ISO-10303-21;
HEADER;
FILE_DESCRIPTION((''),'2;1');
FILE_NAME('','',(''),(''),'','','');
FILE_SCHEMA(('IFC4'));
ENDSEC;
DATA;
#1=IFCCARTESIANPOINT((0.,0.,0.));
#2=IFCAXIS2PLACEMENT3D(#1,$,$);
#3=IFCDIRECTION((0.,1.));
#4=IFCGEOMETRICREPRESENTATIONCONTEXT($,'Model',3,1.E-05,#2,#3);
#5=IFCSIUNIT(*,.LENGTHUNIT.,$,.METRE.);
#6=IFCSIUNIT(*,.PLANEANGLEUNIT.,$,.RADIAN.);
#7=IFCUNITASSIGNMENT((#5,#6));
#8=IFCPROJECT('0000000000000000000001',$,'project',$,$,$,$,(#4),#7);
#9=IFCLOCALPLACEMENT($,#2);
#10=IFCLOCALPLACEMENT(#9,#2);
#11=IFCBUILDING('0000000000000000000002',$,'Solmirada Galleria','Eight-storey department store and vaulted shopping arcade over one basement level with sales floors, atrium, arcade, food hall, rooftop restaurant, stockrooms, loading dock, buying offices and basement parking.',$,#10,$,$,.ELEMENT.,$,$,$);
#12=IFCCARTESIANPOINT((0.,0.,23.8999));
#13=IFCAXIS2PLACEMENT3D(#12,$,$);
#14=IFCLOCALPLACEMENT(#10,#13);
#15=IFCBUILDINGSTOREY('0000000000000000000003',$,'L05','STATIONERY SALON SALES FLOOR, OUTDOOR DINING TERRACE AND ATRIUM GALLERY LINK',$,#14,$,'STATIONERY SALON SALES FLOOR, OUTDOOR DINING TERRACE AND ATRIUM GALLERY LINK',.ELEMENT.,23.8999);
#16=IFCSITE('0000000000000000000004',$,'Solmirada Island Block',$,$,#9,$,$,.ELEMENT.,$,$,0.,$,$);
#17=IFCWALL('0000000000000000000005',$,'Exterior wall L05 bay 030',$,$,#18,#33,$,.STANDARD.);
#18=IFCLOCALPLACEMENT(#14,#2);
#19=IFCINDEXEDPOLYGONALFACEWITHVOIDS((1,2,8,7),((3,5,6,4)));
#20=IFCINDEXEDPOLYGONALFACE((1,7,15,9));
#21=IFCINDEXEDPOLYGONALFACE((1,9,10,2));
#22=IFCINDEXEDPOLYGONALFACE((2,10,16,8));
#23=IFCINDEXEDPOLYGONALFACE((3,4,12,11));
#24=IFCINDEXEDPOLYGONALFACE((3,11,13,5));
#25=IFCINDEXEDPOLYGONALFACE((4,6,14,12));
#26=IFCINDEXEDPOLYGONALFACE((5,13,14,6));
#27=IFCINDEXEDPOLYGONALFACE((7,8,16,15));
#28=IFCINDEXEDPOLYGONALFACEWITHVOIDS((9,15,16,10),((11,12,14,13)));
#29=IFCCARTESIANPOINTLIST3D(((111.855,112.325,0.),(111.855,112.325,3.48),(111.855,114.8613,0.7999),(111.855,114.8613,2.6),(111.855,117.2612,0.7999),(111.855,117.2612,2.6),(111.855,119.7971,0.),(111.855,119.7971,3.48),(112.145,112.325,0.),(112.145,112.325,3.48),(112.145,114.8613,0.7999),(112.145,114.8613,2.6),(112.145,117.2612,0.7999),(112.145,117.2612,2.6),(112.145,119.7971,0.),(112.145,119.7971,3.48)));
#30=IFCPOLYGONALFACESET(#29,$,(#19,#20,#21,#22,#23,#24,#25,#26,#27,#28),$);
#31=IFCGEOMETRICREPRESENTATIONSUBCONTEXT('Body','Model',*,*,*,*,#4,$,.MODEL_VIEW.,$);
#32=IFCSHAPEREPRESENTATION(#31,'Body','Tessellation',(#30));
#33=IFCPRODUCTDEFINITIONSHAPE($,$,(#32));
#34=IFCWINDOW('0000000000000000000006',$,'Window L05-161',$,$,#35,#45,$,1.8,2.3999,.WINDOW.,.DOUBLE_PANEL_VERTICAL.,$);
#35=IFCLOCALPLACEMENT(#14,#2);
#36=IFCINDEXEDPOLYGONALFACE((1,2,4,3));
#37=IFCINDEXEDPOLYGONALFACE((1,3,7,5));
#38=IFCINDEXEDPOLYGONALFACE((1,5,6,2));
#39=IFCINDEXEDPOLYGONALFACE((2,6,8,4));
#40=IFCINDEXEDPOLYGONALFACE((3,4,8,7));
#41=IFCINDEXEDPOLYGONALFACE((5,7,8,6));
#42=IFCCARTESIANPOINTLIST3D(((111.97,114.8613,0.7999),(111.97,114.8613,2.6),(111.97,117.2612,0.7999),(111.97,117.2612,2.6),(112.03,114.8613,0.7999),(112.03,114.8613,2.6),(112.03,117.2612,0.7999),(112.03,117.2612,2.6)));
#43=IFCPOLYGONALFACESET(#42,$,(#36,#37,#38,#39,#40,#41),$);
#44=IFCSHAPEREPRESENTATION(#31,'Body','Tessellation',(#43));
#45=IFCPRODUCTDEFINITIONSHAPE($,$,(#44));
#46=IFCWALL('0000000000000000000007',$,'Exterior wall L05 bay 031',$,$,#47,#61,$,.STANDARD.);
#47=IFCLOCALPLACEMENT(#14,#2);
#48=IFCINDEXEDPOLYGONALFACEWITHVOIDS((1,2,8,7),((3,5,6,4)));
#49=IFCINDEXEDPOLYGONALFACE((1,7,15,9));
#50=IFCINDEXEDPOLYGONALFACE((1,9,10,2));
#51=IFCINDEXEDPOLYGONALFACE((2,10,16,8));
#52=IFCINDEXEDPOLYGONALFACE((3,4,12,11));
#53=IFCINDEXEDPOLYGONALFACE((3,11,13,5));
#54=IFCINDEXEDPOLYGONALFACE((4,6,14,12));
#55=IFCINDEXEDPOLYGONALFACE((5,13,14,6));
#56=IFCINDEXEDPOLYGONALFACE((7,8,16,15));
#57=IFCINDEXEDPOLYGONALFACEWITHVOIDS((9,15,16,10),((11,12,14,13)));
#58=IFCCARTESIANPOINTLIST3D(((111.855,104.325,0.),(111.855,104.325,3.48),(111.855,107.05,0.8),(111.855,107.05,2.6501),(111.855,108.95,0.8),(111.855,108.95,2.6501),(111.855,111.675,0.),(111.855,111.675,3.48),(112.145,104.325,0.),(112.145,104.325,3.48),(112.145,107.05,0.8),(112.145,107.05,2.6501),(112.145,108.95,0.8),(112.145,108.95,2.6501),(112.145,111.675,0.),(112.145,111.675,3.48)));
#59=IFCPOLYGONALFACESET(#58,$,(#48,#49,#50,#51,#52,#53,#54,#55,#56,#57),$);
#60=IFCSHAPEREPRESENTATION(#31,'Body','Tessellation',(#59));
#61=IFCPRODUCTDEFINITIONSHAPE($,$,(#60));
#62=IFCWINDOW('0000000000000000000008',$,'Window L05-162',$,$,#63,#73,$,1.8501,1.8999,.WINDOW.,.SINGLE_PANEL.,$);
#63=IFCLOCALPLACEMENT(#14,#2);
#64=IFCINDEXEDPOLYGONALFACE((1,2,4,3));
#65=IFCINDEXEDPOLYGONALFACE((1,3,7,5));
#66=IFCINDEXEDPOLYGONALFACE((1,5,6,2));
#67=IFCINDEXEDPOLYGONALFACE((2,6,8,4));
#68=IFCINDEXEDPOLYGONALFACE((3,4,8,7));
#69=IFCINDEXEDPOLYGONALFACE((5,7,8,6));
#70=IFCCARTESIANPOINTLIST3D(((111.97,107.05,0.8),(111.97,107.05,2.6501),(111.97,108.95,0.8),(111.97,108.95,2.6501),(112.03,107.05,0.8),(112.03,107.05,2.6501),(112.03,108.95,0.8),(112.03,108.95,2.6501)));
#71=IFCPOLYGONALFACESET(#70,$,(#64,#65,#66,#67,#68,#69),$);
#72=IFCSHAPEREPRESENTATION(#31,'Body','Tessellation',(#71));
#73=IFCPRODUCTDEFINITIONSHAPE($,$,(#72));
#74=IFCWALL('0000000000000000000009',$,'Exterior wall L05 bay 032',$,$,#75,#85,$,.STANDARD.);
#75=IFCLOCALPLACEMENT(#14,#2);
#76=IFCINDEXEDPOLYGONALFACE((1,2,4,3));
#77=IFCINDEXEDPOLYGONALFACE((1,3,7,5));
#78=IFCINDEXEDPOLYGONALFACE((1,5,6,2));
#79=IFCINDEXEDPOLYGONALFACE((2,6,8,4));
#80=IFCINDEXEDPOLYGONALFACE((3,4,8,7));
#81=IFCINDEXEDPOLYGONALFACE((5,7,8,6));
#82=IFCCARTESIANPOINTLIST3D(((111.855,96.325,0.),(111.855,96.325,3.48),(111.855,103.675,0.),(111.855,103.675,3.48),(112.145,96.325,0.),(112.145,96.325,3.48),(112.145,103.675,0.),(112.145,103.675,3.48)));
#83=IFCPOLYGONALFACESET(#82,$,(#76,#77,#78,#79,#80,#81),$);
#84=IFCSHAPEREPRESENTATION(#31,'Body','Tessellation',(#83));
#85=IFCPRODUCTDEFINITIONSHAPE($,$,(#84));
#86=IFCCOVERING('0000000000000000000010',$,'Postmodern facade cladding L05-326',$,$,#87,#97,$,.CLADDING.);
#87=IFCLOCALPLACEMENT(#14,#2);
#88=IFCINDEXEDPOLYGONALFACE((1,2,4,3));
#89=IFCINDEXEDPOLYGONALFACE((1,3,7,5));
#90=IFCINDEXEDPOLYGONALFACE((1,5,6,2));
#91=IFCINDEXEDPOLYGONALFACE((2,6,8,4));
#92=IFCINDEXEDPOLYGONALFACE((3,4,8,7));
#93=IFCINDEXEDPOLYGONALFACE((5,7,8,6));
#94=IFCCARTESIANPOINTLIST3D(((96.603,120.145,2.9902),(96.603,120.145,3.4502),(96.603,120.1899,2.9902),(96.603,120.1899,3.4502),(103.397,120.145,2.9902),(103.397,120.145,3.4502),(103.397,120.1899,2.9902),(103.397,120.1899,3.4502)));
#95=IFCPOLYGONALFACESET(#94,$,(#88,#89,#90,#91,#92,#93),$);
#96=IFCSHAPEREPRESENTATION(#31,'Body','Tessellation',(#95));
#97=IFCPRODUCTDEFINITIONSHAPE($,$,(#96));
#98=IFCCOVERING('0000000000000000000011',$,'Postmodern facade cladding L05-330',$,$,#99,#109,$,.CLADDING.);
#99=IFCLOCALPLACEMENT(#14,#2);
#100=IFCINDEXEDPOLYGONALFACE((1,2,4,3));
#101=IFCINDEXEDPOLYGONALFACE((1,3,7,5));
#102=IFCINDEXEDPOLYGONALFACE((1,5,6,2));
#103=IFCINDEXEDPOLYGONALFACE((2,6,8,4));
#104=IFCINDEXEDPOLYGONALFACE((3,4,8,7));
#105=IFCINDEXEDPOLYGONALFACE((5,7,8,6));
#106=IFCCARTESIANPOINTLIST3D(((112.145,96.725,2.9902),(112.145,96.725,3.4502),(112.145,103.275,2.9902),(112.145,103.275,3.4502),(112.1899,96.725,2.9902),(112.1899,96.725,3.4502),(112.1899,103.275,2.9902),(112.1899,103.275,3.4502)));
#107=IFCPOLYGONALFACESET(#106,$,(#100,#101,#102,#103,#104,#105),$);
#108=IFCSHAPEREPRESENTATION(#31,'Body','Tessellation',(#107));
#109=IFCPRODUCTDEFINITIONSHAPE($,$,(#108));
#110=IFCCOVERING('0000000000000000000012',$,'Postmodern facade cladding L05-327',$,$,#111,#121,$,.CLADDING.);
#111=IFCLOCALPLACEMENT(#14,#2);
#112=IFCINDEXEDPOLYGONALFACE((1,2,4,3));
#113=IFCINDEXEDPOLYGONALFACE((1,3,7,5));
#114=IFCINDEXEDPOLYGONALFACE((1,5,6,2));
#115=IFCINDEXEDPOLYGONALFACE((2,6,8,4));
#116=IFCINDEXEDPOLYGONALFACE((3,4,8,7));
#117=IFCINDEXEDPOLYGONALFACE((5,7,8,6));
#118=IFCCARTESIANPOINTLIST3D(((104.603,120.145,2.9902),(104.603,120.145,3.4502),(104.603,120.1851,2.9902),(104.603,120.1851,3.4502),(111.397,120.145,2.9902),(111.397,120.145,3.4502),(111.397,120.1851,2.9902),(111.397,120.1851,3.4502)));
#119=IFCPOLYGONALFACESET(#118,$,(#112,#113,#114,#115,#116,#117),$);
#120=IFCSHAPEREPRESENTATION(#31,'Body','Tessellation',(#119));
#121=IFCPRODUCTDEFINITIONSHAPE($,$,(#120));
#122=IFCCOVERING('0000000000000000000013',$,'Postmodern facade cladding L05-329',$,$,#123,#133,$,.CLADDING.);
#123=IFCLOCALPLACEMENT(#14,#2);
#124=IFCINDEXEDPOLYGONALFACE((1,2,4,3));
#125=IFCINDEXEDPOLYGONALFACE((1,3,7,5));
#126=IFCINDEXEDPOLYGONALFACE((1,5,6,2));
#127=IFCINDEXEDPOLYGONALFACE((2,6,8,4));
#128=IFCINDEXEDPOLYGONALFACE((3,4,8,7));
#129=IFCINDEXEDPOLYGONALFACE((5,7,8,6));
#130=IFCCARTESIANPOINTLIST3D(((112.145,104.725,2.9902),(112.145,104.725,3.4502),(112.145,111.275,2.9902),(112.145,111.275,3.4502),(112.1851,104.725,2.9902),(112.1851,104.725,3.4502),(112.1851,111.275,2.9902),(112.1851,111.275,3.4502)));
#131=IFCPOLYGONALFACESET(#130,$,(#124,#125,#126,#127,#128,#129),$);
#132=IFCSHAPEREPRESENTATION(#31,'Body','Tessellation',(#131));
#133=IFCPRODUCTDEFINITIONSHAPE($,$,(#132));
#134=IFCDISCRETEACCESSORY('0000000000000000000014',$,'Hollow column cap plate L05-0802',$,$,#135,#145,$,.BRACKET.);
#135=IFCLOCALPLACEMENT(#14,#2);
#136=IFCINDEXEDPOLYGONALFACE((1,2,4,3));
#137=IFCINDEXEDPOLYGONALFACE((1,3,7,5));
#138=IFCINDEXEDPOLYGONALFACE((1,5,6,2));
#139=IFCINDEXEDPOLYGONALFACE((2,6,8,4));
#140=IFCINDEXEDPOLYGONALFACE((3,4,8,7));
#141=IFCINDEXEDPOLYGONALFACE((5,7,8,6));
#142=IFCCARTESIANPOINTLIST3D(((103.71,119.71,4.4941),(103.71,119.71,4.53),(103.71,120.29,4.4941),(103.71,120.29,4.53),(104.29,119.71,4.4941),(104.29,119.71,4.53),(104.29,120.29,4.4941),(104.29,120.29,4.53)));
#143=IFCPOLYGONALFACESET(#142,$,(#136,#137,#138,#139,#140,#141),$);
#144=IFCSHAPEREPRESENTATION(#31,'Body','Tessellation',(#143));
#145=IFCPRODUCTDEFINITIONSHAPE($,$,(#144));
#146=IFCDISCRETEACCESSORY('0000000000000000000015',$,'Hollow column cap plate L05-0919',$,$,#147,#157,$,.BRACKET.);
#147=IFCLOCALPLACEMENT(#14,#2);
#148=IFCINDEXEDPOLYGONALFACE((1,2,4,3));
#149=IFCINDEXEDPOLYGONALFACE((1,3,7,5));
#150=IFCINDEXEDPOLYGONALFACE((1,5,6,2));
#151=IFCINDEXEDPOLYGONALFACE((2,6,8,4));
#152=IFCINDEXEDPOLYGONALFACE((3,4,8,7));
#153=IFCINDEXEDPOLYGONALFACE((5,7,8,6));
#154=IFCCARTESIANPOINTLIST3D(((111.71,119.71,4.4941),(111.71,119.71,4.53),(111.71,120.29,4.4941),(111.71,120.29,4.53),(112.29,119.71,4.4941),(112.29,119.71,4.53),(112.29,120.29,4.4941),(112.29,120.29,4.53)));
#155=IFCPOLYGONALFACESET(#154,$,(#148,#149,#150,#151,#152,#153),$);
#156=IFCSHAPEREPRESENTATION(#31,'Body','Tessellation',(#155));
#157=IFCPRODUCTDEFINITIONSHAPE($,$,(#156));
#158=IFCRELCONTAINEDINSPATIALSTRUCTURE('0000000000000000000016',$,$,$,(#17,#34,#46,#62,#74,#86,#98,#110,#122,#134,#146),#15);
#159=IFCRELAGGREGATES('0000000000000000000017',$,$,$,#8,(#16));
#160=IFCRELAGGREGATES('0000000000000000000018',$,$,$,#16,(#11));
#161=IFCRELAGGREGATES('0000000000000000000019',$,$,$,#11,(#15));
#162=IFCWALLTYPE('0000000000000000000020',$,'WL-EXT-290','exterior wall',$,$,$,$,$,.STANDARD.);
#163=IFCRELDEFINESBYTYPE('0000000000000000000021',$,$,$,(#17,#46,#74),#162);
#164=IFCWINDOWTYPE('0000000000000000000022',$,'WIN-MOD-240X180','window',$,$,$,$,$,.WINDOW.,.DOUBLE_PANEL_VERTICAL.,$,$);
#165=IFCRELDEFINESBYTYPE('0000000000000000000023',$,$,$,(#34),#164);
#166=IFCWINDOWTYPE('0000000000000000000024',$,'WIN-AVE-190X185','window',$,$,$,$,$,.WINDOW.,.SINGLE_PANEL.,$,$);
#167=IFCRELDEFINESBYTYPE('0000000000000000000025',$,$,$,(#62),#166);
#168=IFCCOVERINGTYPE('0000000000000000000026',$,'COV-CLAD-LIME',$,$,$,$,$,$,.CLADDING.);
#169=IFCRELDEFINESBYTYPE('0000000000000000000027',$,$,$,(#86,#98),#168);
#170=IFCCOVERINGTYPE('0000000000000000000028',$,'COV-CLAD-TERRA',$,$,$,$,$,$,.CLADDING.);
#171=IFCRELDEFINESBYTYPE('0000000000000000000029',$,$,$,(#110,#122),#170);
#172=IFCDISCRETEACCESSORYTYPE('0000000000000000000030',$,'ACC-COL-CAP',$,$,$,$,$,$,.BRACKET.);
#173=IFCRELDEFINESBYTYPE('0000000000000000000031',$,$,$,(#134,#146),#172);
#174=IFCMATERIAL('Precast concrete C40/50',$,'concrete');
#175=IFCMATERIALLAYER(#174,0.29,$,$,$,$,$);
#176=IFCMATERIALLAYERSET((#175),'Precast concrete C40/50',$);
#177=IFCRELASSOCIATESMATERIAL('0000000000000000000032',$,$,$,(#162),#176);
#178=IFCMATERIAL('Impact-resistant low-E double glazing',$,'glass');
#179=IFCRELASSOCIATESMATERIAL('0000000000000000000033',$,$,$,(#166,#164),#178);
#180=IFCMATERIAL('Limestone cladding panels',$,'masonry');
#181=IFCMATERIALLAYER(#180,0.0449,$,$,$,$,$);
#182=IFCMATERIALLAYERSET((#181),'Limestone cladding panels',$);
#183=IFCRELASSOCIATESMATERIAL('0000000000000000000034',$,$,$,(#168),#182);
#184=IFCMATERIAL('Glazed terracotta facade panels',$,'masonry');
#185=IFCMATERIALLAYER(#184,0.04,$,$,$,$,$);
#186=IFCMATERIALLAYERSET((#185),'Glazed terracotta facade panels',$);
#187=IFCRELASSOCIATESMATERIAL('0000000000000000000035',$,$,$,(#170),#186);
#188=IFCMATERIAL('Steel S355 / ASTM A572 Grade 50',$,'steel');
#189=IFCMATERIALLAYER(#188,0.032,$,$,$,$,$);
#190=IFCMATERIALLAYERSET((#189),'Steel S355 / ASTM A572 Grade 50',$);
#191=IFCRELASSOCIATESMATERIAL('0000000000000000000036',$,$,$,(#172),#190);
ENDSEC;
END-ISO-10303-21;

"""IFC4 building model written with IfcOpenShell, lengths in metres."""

from ifc_helpers import new_model, si_unit, direction, frame, frame_2d, origin, origin_2d, place, context, subcontext, project, spatial, rectangle, extrude, material, layer, layer_set, type_object, element, fill, save


model = new_model("IFC4")

# Units and contexts
model_context = context("Model", 3, precision=1e-05, world=origin(), true_north=direction((0.0, 1.0)))
body_context = subcontext(model_context, "Body", "Model", "MODEL_VIEW")
ifc_project = project(units=[si_unit("LENGTHUNIT", "METRE"), si_unit("PLANEANGLEUNIT", "RADIAN")], contexts=[model_context])

# Site, building, storey
site_placement = place(None, origin())
site = spatial("IfcSite", under=ifc_project, at=site_placement, Name="Solmirada Island Block", CompositionType="ELEMENT", RefElevation=0.0)
building_placement = place(site_placement, origin())
building = spatial("IfcBuilding", under=site, at=building_placement, Name="Solmirada Galleria", Description="Eight-storey department store and vaulted shopping arcade over one basement level with sales floors, atrium, arcade, food hall, rooftop restaurant, stockrooms, loading dock, buying offices and basement parking.", CompositionType="ELEMENT")
storey_placement = place(building_placement, frame((0.0, 0.0, 23.8999)))
storey = spatial("IfcBuildingStorey", under=building, at=storey_placement, Name="L05", Description="STATIONERY SALON SALES FLOOR, OUTDOOR DINING TERRACE AND ATRIUM GALLERY LINK", LongName="STATIONERY SALON SALES FLOOR, OUTDOOR DINING TERRACE AND ATRIUM GALLERY LINK", CompositionType="ELEMENT", Elevation=23.8999)

# Walls, openings, windows
ifc_material_1 = material(Name="Precast concrete C40/50", Category="concrete")
ifc_layer_1 = layer(ifc_material_1, 0.29)
ifc_layer_set_1 = layer_set([ifc_layer_1], Name="Precast concrete C40/50")
wall_type = type_object("IfcWallType", Name="WL-EXT-290", Description="exterior wall", PredefinedType="STANDARD", material=ifc_layer_set_1)
ifc_material_2 = material(Name="Impact-resistant low-E double glazing", Category="glass")
window_type_1 = type_object("IfcWindowType", Name="WIN-AVE-190X185", Description="window", PartitioningType="SINGLE_PANEL", PredefinedType="WINDOW", material=ifc_material_2)
wall_1_placement = place(storey_placement, frame((112.0, 119.7971, 0.0), z_axis=(0.0, 0.0, 1.0), x_axis=(0.0, -1.0, 0.0)))
wall_1 = element("IfcWall", 1, at=wall_1_placement, inside=storey, type_object=wall_type, Name="Exterior wall L05 bay 030", PredefinedType="STANDARD", context=body_context, shape_type="SweptSolid", body=[
    extrude(rectangle(XDim=7.4722, YDim=0.29, at=frame_2d((3.7361, 0.0))), origin(), (0.0, 0.0, 1.0), 3.48),
])
opening_1_placement = place(wall_1_placement, frame((2.5359, 0.0, 0.8)))
opening_1 = element("IfcOpeningElement", 2, at=opening_1_placement, cuts=wall_1, PredefinedType="OPENING", context=body_context, shape_type="SweptSolid", body=[
    extrude(rectangle(XDim=2.3999, YDim=1.8, at=frame_2d((1.2, 0.8999))), frame((0.0, 0.155, 0.0), z_axis=(0.0, -1.0, 0.0), x_axis=(1.0, 0.0, 0.0)), (0.0, 0.0, 1.0), 0.3101),
])
window_type_2 = type_object("IfcWindowType", Name="WIN-MOD-240X180", Description="window", PartitioningType="DOUBLE_PANEL_VERTICAL", PredefinedType="WINDOW", material=ifc_material_2)
window_1_placement = place(opening_1_placement, origin())
window_1 = element("IfcWindow", 3, at=window_1_placement, inside=storey, type_object=window_type_2, Name="Window L05-161", OverallHeight=1.8, OverallWidth=2.3999, PartitioningType="DOUBLE_PANEL_VERTICAL", PredefinedType="WINDOW", context=body_context, shape_type="SweptSolid", body=[
    extrude(rectangle(XDim=2.3999, YDim=1.8, at=frame_2d((1.2, 0.8999))), frame((0.0, 0.03, 0.0), z_axis=(0.0, -1.0, 0.0), x_axis=(1.0, 0.0, 0.0)), (0.0, 0.0, 1.0), 0.0601),
])
fill(opening_1, window_1)
wall_2_placement = place(storey_placement, frame((112.0, 111.675, 0.0), z_axis=(0.0, 0.0, 1.0), x_axis=(0.0, -1.0, 0.0)))
wall_2 = element("IfcWall", 4, at=wall_2_placement, inside=storey, type_object=wall_type, Name="Exterior wall L05 bay 031", PredefinedType="STANDARD", context=body_context, shape_type="SweptSolid", body=[
    extrude(rectangle(XDim=7.3501, YDim=0.29, at=frame_2d((3.675, 0.0))), origin(), (0.0, 0.0, 1.0), 3.48),
])
opening_2_placement = place(wall_2_placement, frame((2.7251, 0.0, 0.8)))
opening_2 = element("IfcOpeningElement", 5, at=opening_2_placement, cuts=wall_2, PredefinedType="OPENING", context=body_context, shape_type="SweptSolid", body=[
    extrude(rectangle(XDim=1.8999, YDim=1.8501, at=frame_2d((0.95, 0.925))), frame((0.0, 0.155, 0.0), z_axis=(0.0, -1.0, 0.0), x_axis=(1.0, 0.0, 0.0)), (0.0, 0.0, 1.0), 0.3101),
])
window_2_placement = place(opening_2_placement, origin())
window_2 = element("IfcWindow", 6, at=window_2_placement, inside=storey, type_object=window_type_1, Name="Window L05-162", OverallHeight=1.8501, OverallWidth=1.8999, PartitioningType="SINGLE_PANEL", PredefinedType="WINDOW", context=body_context, shape_type="SweptSolid", body=[
    extrude(rectangle(XDim=1.8999, YDim=1.8501, at=frame_2d((0.95, 0.925))), frame((0.0, 0.03, 0.0), z_axis=(0.0, -1.0, 0.0), x_axis=(1.0, 0.0, 0.0)), (0.0, 0.0, 1.0), 0.0601),
])
fill(opening_2, window_2)

# Wall
wall_3_placement = place(storey_placement, frame((112.0, 103.675, 0.0), z_axis=(0.0, 0.0, 1.0), x_axis=(0.0, -1.0, 0.0)))
element("IfcWall", 7, at=wall_3_placement, inside=storey, type_object=wall_type, Name="Exterior wall L05 bay 032", PredefinedType="STANDARD", context=body_context, shape_type="SweptSolid", body=[
    extrude(rectangle(XDim=7.3501, YDim=0.29, at=frame_2d((3.675, 0.0))), origin(), (0.0, 0.0, 1.0), 3.48),
])

# Coverings
ifc_material_3 = material(Name="Limestone cladding panels", Category="masonry")
ifc_layer_2 = layer(ifc_material_3, 0.0449)
ifc_layer_set_2 = layer_set([ifc_layer_2], Name="Limestone cladding panels")
covering_type_1 = type_object("IfcCoveringType", Name="COV-CLAD-LIME", PredefinedType="CLADDING", material=ifc_layer_set_2)
covering_1_placement = place(storey_placement, frame((100.0, 120.1675, 2.9902), z_axis=(0.0, 0.0, 1.0), x_axis=(1.0, 0.0, 0.0)))
element("IfcCovering", 8, at=covering_1_placement, inside=storey, type_object=covering_type_1, Name="Postmodern facade cladding L05-326", PredefinedType="CLADDING", context=body_context, shape_type="SweptSolid", body=[
    extrude(rectangle(XDim=6.7939, YDim=0.0449, at=origin_2d()), origin(), (0.0, 0.0, 1.0), 0.46),
])
covering_2_placement = place(storey_placement, frame((112.1675, 100.0, 2.9902), z_axis=(0.0, 0.0, 1.0), x_axis=(0.0, -1.0, 0.0)))
element("IfcCovering", 9, at=covering_2_placement, inside=storey, type_object=covering_type_1, Name="Postmodern facade cladding L05-330", PredefinedType="CLADDING", context=body_context, shape_type="SweptSolid", body=[
    extrude(rectangle(XDim=6.55, YDim=0.0449, at=origin_2d()), origin(), (0.0, 0.0, 1.0), 0.46),
])
ifc_material_4 = material(Name="Glazed terracotta facade panels", Category="masonry")
ifc_layer_3 = layer(ifc_material_4, 0.04)
ifc_layer_set_3 = layer_set([ifc_layer_3], Name="Glazed terracotta facade panels")
covering_type_2 = type_object("IfcCoveringType", Name="COV-CLAD-TERRA", PredefinedType="CLADDING", material=ifc_layer_set_3)
covering_3_placement = place(storey_placement, frame((108.0, 120.165, 2.9902), z_axis=(0.0, 0.0, 1.0), x_axis=(1.0, 0.0, 0.0)))
element("IfcCovering", 10, at=covering_3_placement, inside=storey, type_object=covering_type_2, Name="Postmodern facade cladding L05-327", PredefinedType="CLADDING", context=body_context, shape_type="SweptSolid", body=[
    extrude(rectangle(XDim=6.7939, YDim=0.04, at=origin_2d()), origin(), (0.0, 0.0, 1.0), 0.46),
])
covering_4_placement = place(storey_placement, frame((112.165, 108.0, 2.9902), z_axis=(0.0, 0.0, 1.0), x_axis=(0.0, -1.0, 0.0)))
element("IfcCovering", 11, at=covering_4_placement, inside=storey, type_object=covering_type_2, Name="Postmodern facade cladding L05-329", PredefinedType="CLADDING", context=body_context, shape_type="SweptSolid", body=[
    extrude(rectangle(XDim=6.55, YDim=0.04, at=origin_2d()), origin(), (0.0, 0.0, 1.0), 0.46),
])

# Discrete accessories
ifc_material_5 = material(Name="Steel S355 / ASTM A572 Grade 50", Category="steel")
ifc_layer_4 = layer(ifc_material_5, 0.032)
ifc_layer_set_4 = layer_set([ifc_layer_4], Name="Steel S355 / ASTM A572 Grade 50")
discrete_accessory_type = type_object("IfcDiscreteAccessoryType", Name="ACC-COL-CAP", PredefinedType="BRACKET", material=ifc_layer_set_4)
for number, where, z_axis, x_axis, name in (
    (12, (104.0, 120.0, 4.4941), (0.0, 0.0, 1.0), (1.0, 0.0, 0.0), "Hollow column cap plate L05-0802"),
    (13, (112.0, 120.0, 4.4941), (0.0, 0.0, 1.0), (1.0, 0.0, 0.0), "Hollow column cap plate L05-0919"),
):
    element("IfcDiscreteAccessory", number, at=place(storey_placement, frame(where, z_axis=z_axis, x_axis=x_axis)), inside=storey, type_object=discrete_accessory_type, Name=name, PredefinedType="BRACKET", context=body_context, shape_type="SweptSolid", body=[
        extrude(rectangle(XDim=0.5801, YDim=0.5801, at=origin_2d()), origin(), (0.0, 0.0, 1.0), 0.0359),
    ])

save(model, "model.ifc")
